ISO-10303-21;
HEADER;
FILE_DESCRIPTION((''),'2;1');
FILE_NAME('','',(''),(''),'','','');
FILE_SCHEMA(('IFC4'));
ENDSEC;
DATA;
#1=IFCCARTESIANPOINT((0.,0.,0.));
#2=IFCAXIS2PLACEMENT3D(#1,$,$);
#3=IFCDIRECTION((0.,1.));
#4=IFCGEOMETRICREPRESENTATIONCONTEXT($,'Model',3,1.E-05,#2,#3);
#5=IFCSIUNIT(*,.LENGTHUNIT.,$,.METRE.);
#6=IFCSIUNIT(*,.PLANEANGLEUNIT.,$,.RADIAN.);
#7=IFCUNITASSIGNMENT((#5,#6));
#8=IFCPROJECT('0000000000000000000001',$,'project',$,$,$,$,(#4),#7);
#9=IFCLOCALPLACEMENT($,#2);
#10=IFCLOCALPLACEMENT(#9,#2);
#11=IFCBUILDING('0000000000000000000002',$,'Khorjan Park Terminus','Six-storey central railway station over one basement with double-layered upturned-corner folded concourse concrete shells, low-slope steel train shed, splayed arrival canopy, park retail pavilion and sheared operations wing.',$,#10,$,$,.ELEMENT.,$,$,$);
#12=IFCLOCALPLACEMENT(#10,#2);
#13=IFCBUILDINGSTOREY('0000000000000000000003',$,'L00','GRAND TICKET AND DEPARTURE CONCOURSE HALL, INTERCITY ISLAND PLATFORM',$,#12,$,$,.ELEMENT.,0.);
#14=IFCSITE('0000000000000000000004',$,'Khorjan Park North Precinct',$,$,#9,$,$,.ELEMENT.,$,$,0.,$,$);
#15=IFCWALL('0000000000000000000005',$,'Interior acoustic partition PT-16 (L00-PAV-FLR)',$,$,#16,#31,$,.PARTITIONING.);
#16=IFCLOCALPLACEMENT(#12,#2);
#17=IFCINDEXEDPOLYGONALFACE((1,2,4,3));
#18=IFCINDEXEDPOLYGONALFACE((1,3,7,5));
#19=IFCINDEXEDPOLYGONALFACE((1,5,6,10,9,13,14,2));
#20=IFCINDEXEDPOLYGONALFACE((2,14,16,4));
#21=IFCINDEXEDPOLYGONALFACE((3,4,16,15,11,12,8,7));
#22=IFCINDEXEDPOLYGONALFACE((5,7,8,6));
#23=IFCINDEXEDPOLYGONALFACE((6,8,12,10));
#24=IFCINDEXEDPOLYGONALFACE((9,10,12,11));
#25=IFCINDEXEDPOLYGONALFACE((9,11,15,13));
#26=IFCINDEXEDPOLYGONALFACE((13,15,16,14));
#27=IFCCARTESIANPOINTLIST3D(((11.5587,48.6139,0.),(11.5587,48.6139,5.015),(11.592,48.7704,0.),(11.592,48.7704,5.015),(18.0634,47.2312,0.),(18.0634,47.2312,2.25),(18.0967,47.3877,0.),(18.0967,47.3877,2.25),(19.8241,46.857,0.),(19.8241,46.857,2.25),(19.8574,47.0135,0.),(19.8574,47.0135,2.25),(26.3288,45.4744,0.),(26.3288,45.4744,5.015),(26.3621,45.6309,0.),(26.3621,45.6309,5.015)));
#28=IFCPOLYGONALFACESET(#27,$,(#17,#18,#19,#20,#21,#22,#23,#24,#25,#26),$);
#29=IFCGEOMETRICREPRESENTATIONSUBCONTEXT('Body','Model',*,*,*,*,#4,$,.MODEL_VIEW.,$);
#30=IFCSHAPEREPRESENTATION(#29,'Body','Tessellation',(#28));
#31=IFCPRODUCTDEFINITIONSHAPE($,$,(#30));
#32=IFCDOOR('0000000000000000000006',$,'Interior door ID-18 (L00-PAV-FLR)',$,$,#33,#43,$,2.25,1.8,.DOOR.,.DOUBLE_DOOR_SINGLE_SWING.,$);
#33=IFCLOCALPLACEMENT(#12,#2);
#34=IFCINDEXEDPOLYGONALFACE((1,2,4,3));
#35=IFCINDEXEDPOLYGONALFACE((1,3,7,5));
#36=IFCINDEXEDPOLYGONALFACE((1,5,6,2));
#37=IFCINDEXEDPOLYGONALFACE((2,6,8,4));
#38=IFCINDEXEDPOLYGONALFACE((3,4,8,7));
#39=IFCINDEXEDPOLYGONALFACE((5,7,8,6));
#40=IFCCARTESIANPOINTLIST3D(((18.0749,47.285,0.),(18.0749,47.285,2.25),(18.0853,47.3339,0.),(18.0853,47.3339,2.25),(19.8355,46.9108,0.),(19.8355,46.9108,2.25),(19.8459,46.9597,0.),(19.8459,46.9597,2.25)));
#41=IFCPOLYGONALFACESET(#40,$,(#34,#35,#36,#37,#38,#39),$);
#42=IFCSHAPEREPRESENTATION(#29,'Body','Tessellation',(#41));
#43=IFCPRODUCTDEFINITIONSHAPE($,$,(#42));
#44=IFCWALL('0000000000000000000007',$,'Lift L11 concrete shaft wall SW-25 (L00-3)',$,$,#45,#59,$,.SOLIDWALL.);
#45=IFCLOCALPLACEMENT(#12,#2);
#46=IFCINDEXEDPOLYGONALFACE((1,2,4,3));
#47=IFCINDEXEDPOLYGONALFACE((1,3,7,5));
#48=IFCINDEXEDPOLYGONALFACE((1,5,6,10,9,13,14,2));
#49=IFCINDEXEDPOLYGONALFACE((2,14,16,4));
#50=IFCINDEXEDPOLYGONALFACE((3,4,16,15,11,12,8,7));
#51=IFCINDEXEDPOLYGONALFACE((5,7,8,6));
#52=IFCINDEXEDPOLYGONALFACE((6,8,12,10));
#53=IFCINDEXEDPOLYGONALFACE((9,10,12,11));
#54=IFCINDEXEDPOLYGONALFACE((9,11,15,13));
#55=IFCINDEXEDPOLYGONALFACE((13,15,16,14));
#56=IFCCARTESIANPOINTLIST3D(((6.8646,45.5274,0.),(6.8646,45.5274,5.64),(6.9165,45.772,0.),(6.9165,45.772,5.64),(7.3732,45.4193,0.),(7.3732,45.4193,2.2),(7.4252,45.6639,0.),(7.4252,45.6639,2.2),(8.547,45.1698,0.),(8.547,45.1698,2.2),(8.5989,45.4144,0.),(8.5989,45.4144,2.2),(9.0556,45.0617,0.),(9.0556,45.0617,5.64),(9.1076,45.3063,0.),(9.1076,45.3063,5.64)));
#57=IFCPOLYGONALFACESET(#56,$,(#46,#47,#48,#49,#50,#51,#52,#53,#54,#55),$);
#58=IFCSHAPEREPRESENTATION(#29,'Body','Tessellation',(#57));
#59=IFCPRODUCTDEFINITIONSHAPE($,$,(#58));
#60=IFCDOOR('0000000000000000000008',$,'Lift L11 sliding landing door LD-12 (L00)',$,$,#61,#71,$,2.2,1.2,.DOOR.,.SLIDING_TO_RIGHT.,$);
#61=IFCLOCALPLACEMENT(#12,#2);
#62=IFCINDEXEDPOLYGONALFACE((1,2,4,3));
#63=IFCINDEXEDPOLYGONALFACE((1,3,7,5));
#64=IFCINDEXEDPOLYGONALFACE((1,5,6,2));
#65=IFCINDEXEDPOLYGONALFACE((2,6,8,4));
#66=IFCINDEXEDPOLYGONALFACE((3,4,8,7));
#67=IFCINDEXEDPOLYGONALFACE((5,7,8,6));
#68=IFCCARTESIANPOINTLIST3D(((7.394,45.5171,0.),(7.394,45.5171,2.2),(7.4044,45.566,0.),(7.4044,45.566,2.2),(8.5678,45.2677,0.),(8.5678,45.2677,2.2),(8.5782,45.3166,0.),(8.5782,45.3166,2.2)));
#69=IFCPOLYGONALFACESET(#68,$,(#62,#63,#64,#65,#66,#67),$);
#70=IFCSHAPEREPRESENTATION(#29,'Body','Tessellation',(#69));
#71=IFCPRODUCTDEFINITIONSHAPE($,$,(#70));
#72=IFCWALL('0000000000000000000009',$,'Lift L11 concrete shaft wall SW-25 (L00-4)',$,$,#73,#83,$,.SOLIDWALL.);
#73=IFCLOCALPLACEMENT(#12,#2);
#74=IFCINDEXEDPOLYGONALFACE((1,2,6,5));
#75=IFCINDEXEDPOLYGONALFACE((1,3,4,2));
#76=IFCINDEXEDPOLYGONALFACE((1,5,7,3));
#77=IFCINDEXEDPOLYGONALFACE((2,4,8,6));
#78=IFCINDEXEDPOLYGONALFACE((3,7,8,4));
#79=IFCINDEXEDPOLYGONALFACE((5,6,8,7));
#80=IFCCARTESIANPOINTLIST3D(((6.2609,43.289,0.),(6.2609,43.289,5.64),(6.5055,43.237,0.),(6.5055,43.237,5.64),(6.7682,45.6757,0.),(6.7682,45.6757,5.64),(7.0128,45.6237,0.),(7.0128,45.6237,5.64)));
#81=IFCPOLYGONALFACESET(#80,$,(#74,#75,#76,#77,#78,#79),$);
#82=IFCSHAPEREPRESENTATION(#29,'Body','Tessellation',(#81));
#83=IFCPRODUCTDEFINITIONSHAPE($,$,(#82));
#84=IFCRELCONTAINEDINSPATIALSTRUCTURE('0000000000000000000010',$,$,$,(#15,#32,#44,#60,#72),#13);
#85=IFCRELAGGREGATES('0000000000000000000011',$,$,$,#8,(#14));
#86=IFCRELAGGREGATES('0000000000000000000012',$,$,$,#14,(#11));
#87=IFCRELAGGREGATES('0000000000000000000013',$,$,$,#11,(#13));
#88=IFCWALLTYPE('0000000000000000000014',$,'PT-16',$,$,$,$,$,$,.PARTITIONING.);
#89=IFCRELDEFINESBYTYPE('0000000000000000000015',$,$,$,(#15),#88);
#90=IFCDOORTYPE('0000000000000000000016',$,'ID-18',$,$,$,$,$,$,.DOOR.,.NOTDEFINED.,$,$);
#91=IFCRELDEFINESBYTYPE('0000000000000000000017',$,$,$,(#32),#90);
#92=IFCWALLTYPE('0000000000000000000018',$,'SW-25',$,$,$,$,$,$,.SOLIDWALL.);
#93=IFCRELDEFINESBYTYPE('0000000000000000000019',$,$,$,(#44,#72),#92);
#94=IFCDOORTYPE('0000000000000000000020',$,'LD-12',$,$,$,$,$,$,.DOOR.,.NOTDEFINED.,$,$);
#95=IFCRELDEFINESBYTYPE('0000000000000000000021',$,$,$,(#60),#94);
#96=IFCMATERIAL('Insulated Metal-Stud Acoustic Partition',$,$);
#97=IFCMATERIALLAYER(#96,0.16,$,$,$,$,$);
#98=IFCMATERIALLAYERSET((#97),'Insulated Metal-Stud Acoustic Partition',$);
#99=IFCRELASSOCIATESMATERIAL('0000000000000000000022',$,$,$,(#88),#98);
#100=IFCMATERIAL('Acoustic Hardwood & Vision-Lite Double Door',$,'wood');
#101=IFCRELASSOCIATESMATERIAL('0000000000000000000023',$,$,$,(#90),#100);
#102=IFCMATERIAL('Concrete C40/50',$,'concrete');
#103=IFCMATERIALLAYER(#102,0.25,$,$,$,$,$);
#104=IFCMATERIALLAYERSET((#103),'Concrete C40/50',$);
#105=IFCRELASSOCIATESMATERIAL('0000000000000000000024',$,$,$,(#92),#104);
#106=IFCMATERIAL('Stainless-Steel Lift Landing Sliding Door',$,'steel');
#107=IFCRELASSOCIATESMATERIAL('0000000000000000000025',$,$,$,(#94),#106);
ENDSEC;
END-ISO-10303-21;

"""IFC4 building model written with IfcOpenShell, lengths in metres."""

from ifc_helpers import new_model, si_unit, direction, frame, frame_2d, origin, place, context, subcontext, project, spatial, rectangle, extrude, material, layer, layer_set, type_object, element, fill, save


model = new_model("IFC4")

# Units and contexts
model_context = context("Model", 3, precision=1e-05, world=origin(), true_north=direction((0.0, 1.0)))
body_context = subcontext(model_context, "Body", "Model", "MODEL_VIEW")
ifc_project = project(units=[si_unit("LENGTHUNIT", "METRE"), si_unit("PLANEANGLEUNIT", "RADIAN")], contexts=[model_context])

# Site, building, storey
site_placement = place(None, origin())
site = spatial("IfcSite", under=ifc_project, at=site_placement, Name="Khorjan Park North Precinct", CompositionType="ELEMENT", RefElevation=0.0)
building_placement = place(site_placement, origin())
building = spatial("IfcBuilding", under=site, at=building_placement, Name="Khorjan Park Terminus", Description="Six-storey central railway station over one basement with double-layered upturned-corner folded concourse concrete shells, low-slope steel train shed, splayed arrival canopy, park retail pavilion and sheared operations wing.", CompositionType="ELEMENT")
storey_placement = place(building_placement, origin())
storey = spatial("IfcBuildingStorey", under=building, at=storey_placement, Name="L00", Description="GRAND TICKET AND DEPARTURE CONCOURSE HALL, INTERCITY ISLAND PLATFORM", CompositionType="ELEMENT", Elevation=0.0)

# Shared definitions
ifc_material_1 = material(Name="Insulated Metal-Stud Acoustic Partition")
ifc_layer_1 = layer(ifc_material_1, 0.16)
ifc_layer_set_1 = layer_set([ifc_layer_1], Name="Insulated Metal-Stud Acoustic Partition")
wall_type_1 = type_object("IfcWallType", Name="PT-16", PredefinedType="PARTITIONING", material=ifc_layer_set_1)
ifc_material_2 = material(Name="Acoustic Hardwood & Vision-Lite Double Door", Category="wood")
door_type_1 = type_object("IfcDoorType", Name="ID-18", OperationType="NOTDEFINED", PredefinedType="DOOR", material=ifc_material_2)

# Walls, openings, doors
wall_1_placement = place(storey_placement, frame((11.5754, 48.6921, 0.0), z_axis=(0.0, 0.0, 1.0), x_axis=(0.978147, -0.207913, 0.0)))
wall_1 = element("IfcWall", 1, at=wall_1_placement, inside=storey, type_object=wall_type_1, Name="Interior acoustic partition PT-16 (L00-PAV-FLR)", PredefinedType="PARTITIONING", context=body_context, shape_type="SweptSolid", body=[
    extrude(rectangle(XDim=15.1001, YDim=0.16, at=frame_2d((7.55, 0.0))), origin(), (0.0, 0.0, 1.0), 5.015),
])
opening_1_placement = place(wall_1_placement, frame((6.65, 0.0, 0.0)))
opening_1 = element("IfcOpeningElement", 2, at=opening_1_placement, cuts=wall_1, PredefinedType="OPENING", context=body_context, shape_type="SweptSolid", body=[
    extrude(rectangle(XDim=1.8, YDim=2.25, at=frame_2d((0.9, 1.125))), frame((0.0, 0.09, 0.0), z_axis=(0.0, -1.0, 0.0), x_axis=(1.0, 0.0, 0.0)), (0.0, 0.0, 1.0), 0.18),
])
door_1_placement = place(opening_1_placement, origin())
door_1 = element("IfcDoor", 3, at=door_1_placement, inside=storey, type_object=door_type_1, Name="Interior door ID-18 (L00-PAV-FLR)", OperationType="DOUBLE_DOOR_SINGLE_SWING", OverallHeight=2.25, OverallWidth=1.8, PredefinedType="DOOR", context=body_context, shape_type="SweptSolid", body=[
    extrude(rectangle(XDim=1.8, YDim=2.25, at=frame_2d((0.9, 1.125))), frame((0.0, 0.025, 0.0), z_axis=(0.0, -1.0, 0.0), x_axis=(1.0, 0.0, 0.0)), (0.0, 0.0, 1.0), 0.05),
])
fill(opening_1, door_1)
ifc_material_3 = material(Name="Concrete C40/50", Category="concrete")
ifc_layer_2 = layer(ifc_material_3, 0.25)
ifc_layer_set_2 = layer_set([ifc_layer_2], Name="Concrete C40/50")
wall_type_2 = type_object("IfcWallType", Name="SW-25", PredefinedType="SOLIDWALL", material=ifc_layer_set_2)
wall_2_placement = place(storey_placement, frame((9.0816, 45.184, 0.0), z_axis=(0.0, 0.0, 1.0), x_axis=(-0.978151, 0.207898, 0.0)))
wall_2 = element("IfcWall", 4, at=wall_2_placement, inside=storey, type_object=wall_type_2, Name="Lift L11 concrete shaft wall SW-25 (L00-3)", PredefinedType="SOLIDWALL", context=body_context, shape_type="SweptSolid", body=[
    extrude(rectangle(XDim=2.24, YDim=0.25, at=frame_2d((1.12, 0.0))), origin(), (0.0, 0.0, 1.0), 5.64),
])
opening_2_placement = place(wall_2_placement, frame((0.52, 0.0, 0.0)))
opening_2 = element("IfcOpeningElement", 5, at=opening_2_placement, cuts=wall_2, PredefinedType="OPENING", context=body_context, shape_type="SweptSolid", body=[
    extrude(rectangle(XDim=1.2, YDim=2.2, at=frame_2d((0.6, 1.1))), frame((0.0, 0.135, 0.0), z_axis=(0.0, -1.0, 0.0), x_axis=(1.0, 0.0, 0.0)), (0.0, 0.0, 1.0), 0.27),
])
ifc_material_4 = material(Name="Stainless-Steel Lift Landing Sliding Door", Category="steel")
door_type_2 = type_object("IfcDoorType", Name="LD-12", OperationType="NOTDEFINED", PredefinedType="DOOR", material=ifc_material_4)
door_2_placement = place(opening_2_placement, origin())
door_2 = element("IfcDoor", 6, at=door_2_placement, inside=storey, type_object=door_type_2, Name="Lift L11 sliding landing door LD-12 (L00)", OperationType="SLIDING_TO_RIGHT", OverallHeight=2.2, OverallWidth=1.2, PredefinedType="DOOR", context=body_context, shape_type="SweptSolid", body=[
    extrude(rectangle(XDim=1.2, YDim=2.2, at=frame_2d((0.6, 1.1))), frame((0.0, 0.025, 0.0), z_axis=(0.0, -1.0, 0.0), x_axis=(1.0, 0.0, 0.0)), (0.0, 0.0, 1.0), 0.05),
])
fill(opening_2, door_2)

# Wall
wall_3_placement = place(storey_placement, frame((6.8905, 45.6497, 0.0), z_axis=(0.0, 0.0, 1.0), x_axis=(-0.207908, -0.978148, 0.0)))
element("IfcWall", 7, at=wall_3_placement, inside=storey, type_object=wall_type_2, Name="Lift L11 concrete shaft wall SW-25 (L00-4)", PredefinedType="SOLIDWALL", context=body_context, shape_type="SweptSolid", body=[
    extrude(rectangle(XDim=2.44, YDim=0.25, at=frame_2d((1.22, 0.0))), origin(), (0.0, 0.0, 1.0), 5.64),
])

save(model, "model.ifc")
